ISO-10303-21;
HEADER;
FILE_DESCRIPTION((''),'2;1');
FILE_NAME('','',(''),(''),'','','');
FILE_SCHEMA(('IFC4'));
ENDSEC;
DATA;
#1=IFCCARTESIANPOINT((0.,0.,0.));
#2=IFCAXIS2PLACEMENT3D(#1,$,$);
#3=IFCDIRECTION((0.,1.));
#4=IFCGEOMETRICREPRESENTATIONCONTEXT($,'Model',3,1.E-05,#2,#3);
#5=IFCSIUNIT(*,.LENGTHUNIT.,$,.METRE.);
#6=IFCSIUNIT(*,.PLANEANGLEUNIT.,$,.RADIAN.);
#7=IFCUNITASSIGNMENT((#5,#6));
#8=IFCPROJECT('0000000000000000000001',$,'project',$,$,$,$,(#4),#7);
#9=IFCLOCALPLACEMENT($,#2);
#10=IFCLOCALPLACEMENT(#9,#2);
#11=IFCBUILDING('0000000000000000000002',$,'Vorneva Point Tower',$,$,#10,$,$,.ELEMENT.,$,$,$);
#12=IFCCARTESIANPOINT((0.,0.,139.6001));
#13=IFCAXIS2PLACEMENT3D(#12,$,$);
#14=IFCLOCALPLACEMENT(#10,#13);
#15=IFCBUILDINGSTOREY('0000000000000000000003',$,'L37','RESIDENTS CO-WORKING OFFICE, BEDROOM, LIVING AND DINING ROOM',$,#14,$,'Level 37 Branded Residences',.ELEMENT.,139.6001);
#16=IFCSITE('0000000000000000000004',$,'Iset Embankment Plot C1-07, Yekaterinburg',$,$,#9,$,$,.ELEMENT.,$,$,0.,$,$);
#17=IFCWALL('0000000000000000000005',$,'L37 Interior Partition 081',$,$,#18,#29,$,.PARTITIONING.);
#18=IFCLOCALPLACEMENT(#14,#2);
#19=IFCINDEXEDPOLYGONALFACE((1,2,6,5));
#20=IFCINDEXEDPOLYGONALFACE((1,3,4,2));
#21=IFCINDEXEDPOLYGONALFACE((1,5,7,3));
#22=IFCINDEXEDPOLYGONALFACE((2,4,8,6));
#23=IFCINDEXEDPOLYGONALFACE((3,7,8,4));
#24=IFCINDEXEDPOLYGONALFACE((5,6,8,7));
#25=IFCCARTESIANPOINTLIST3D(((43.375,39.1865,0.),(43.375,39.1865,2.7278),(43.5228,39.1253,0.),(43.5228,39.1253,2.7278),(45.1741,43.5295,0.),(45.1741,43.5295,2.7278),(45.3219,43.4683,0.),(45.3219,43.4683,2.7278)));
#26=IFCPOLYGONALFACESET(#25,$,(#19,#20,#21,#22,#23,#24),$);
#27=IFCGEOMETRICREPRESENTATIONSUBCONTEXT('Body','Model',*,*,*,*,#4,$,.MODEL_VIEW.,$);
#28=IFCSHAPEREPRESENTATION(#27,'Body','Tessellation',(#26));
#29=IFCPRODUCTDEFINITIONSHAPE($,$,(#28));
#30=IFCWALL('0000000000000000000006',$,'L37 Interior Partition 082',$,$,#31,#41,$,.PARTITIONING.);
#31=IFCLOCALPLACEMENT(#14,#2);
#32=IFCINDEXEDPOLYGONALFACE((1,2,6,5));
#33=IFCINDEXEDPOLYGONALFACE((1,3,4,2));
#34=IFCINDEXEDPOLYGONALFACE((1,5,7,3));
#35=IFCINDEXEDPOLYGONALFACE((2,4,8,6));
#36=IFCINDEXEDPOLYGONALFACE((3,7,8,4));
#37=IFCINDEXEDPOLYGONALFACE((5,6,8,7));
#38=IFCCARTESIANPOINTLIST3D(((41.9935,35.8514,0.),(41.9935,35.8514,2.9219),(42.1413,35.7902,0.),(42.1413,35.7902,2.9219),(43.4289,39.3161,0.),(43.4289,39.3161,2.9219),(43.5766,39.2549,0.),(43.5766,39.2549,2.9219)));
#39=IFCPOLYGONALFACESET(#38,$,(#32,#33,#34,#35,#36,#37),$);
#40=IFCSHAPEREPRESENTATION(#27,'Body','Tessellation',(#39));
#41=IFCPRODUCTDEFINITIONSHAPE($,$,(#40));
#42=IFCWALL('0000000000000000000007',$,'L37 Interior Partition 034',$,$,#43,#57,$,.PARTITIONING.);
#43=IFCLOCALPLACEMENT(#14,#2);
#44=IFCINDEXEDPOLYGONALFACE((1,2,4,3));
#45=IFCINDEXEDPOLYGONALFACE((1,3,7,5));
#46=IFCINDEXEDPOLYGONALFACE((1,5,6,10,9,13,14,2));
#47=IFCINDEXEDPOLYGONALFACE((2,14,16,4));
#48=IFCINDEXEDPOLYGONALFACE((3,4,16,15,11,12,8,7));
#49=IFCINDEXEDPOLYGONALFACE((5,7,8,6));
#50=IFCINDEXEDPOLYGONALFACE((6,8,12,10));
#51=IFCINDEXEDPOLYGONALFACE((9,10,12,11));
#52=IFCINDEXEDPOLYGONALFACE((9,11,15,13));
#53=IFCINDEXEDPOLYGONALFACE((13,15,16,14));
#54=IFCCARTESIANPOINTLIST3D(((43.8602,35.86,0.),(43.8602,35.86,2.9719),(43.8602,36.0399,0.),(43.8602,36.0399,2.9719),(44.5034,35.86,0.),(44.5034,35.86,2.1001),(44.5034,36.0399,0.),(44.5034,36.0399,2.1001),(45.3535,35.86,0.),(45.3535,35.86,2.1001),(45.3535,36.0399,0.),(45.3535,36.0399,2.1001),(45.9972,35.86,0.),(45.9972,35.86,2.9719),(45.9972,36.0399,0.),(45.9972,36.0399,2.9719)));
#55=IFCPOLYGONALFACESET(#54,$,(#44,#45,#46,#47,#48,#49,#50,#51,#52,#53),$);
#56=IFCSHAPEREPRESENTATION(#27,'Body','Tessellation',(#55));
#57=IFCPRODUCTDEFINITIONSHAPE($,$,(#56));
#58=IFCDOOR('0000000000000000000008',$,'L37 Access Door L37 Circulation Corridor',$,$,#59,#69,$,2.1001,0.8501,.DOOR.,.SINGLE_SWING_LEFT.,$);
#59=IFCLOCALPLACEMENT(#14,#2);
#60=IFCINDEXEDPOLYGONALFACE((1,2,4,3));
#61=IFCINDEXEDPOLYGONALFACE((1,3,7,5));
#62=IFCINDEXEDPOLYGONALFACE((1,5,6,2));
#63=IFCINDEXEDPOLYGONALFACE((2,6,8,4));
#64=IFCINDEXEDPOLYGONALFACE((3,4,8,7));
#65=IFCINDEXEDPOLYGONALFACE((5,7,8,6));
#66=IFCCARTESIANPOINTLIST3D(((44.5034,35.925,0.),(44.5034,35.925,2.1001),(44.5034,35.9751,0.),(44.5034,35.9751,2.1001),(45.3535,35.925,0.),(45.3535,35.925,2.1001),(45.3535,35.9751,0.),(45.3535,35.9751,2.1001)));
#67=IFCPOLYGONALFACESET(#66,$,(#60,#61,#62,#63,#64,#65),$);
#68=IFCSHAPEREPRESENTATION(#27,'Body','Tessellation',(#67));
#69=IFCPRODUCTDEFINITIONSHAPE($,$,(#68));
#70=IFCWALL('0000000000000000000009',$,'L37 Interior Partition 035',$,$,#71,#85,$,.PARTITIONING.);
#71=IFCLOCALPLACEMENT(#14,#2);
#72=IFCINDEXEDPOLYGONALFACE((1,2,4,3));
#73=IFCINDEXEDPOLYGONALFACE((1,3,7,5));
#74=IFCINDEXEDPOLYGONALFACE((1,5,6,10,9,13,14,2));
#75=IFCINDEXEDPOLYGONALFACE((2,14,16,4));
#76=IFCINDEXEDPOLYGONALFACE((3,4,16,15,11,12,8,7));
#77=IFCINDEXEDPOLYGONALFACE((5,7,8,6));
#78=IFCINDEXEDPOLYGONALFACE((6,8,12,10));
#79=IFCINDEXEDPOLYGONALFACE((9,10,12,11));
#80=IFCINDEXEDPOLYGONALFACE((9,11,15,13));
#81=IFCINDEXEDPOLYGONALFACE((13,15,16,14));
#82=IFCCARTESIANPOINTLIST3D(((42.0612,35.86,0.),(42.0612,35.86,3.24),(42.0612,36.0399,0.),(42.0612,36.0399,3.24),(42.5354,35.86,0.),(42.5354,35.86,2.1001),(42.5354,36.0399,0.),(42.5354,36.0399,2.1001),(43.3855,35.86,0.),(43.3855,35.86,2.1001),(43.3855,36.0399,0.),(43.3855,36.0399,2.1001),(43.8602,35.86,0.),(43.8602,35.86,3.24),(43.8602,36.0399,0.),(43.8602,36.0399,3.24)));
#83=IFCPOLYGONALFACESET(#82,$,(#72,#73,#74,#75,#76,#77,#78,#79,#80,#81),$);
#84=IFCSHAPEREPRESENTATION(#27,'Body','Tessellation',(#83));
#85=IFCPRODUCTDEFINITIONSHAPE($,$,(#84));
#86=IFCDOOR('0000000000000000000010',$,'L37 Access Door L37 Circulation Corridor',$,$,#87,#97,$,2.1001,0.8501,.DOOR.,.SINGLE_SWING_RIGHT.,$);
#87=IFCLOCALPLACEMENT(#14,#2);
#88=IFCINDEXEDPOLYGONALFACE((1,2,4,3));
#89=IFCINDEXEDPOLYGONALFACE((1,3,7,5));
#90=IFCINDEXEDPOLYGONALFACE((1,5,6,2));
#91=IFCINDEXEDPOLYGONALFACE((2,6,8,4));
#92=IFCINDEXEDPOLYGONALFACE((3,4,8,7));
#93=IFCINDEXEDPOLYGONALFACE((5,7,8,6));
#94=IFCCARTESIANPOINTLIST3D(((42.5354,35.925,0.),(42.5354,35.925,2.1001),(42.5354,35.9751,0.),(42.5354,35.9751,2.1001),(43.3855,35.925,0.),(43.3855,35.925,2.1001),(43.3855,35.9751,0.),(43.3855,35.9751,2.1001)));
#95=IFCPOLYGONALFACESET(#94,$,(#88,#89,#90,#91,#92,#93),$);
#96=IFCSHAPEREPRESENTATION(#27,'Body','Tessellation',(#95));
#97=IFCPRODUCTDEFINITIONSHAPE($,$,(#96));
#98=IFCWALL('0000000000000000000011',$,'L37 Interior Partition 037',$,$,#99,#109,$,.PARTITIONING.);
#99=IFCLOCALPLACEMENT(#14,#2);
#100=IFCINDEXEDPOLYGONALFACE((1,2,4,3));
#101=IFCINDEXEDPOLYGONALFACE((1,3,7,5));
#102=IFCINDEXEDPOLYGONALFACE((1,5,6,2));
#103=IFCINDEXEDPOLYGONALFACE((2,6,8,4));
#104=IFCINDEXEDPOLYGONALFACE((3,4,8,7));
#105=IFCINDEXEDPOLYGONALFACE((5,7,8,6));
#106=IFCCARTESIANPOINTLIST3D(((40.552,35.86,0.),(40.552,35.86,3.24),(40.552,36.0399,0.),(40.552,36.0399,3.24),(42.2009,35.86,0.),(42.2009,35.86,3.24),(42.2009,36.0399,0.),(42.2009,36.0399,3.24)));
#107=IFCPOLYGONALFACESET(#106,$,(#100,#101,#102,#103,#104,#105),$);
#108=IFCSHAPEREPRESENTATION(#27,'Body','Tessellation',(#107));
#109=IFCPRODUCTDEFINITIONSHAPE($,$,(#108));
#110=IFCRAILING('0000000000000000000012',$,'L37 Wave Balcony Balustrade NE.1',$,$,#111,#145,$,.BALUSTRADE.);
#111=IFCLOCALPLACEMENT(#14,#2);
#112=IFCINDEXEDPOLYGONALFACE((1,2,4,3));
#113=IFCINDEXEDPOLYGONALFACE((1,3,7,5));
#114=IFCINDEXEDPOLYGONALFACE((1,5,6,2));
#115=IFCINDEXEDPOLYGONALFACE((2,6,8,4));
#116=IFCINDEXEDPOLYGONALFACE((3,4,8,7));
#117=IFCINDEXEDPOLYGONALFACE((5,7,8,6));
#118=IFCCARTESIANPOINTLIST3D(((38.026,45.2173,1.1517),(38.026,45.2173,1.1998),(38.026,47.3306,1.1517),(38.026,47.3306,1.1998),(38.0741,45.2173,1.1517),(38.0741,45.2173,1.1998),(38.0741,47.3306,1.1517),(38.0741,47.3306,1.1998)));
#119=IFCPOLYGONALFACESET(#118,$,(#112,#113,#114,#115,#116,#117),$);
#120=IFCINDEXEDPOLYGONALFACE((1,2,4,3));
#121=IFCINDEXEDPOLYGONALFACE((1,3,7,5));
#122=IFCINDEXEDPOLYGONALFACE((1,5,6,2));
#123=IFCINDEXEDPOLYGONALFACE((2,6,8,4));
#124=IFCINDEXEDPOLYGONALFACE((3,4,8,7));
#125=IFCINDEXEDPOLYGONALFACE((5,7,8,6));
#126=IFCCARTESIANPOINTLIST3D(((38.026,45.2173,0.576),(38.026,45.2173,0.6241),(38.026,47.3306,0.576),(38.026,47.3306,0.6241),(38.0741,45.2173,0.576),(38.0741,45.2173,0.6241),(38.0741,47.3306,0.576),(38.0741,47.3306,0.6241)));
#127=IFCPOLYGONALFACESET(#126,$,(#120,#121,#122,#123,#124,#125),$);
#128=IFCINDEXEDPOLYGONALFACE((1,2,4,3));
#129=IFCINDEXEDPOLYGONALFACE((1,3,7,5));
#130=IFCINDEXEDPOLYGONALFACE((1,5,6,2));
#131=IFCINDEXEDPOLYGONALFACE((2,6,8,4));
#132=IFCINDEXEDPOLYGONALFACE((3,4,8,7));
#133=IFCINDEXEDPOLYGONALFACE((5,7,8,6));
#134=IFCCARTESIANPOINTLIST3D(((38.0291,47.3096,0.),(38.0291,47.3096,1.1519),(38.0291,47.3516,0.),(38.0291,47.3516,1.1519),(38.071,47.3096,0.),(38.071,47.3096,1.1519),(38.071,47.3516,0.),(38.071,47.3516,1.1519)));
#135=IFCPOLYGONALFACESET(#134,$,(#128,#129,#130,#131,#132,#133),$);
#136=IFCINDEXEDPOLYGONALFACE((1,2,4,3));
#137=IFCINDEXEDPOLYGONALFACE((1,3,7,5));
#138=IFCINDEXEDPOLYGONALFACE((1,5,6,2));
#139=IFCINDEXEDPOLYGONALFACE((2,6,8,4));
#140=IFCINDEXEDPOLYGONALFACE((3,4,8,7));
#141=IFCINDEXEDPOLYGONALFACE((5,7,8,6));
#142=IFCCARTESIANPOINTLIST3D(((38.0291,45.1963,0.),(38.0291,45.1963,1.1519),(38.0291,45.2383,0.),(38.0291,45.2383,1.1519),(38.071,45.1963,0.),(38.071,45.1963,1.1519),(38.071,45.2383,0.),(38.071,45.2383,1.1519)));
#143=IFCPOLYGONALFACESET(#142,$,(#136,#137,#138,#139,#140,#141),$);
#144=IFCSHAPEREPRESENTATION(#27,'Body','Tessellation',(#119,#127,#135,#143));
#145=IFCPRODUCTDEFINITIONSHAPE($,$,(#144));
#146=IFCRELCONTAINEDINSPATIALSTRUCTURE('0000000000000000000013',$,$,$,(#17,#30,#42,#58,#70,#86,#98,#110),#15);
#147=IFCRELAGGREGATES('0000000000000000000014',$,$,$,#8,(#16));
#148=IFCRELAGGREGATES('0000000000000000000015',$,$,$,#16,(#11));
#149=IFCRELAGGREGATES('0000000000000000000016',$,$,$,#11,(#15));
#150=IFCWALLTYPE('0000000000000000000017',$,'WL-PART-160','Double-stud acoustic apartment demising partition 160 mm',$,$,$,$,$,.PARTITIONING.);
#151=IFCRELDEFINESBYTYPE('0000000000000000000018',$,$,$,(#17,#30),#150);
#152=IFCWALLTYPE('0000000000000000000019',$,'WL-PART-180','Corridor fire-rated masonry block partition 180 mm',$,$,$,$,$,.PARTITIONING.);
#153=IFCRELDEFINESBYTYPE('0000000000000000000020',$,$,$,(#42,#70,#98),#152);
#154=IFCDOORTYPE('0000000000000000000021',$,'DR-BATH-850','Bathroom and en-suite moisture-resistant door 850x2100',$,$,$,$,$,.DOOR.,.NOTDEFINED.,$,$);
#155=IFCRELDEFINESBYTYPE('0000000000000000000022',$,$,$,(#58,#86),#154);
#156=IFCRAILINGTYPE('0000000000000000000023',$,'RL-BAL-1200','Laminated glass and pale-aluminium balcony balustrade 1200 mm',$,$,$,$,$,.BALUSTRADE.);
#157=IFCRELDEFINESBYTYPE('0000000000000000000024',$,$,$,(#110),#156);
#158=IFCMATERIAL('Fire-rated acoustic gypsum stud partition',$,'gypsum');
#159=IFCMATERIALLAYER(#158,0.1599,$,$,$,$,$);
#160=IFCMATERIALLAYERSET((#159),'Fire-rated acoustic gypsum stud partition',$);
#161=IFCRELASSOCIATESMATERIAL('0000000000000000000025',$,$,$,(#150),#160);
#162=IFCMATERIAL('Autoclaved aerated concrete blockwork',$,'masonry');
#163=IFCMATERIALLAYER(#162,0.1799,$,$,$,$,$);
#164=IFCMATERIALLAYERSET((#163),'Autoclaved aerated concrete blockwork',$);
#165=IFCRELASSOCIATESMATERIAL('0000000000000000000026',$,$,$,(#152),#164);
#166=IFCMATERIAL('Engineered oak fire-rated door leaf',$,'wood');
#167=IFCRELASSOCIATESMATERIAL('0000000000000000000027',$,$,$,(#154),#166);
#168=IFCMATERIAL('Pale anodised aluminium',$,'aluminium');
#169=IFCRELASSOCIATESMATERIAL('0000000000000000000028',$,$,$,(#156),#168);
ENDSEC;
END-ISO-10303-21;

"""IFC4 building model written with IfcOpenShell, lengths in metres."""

from ifc_helpers import new_model, si_unit, direction, frame, frame_2d, origin, origin_2d, place, context, subcontext, project, spatial, rectangle, extrude, material, layer, layer_set, type_object, element, fill, save


model = new_model("IFC4")

# Units and contexts
model_context = context("Model", 3, precision=1e-05, world=origin(), true_north=direction((0.0, 1.0)))
body_context = subcontext(model_context, "Body", "Model", "MODEL_VIEW")
ifc_project = project(units=[si_unit("LENGTHUNIT", "METRE"), si_unit("PLANEANGLEUNIT", "RADIAN")], contexts=[model_context])

# Site, building, storey
site_placement = place(None, origin())
site = spatial("IfcSite", under=ifc_project, at=site_placement, Name="Iset Embankment Plot C1-07, Yekaterinburg", CompositionType="ELEMENT", RefElevation=0.0)
building_placement = place(site_placement, origin())
building = spatial("IfcBuilding", under=site, at=building_placement, Name="Vorneva Point Tower", CompositionType="ELEMENT")
storey_placement = place(building_placement, frame((0.0, 0.0, 139.6001)))
storey = spatial("IfcBuildingStorey", under=building, at=storey_placement, Name="L37", Description="RESIDENTS CO-WORKING OFFICE, BEDROOM, LIVING AND DINING ROOM", LongName="Level 37 Branded Residences", CompositionType="ELEMENT", Elevation=139.6001)

# Shared definitions
ifc_material_1 = material(Name="Pale anodised aluminium", Category="aluminium")

# Shared definitions
ifc_material_2 = material(Name="Fire-rated acoustic gypsum stud partition", Category="gypsum")

# Shared definitions
ifc_material_3 = material(Name="Engineered oak fire-rated door leaf", Category="wood")

# Walls
ifc_layer_1 = layer(ifc_material_2, 0.1599)
ifc_layer_set_1 = layer_set([ifc_layer_1], Name="Fire-rated acoustic gypsum stud partition")
wall_type_1 = type_object("IfcWallType", Name="WL-PART-160", Description="Double-stud acoustic apartment demising partition 160 mm", PredefinedType="PARTITIONING", material=ifc_layer_set_1)
wall_1_placement = place(storey_placement, frame((45.248, 43.499, 0.0), z_axis=(0.0, 0.0, 1.0), x_axis=(-0.382708, -0.923869, 0.0)))
element("IfcWall", 1, at=wall_1_placement, inside=storey, type_object=wall_type_1, Name="L37 Interior Partition 081", PredefinedType="PARTITIONING", context=body_context, shape_type="SweptSolid", body=[
    extrude(rectangle(XDim=4.7009, YDim=0.1599, at=frame_2d((2.3506, 0.0))), origin(), (0.0, 0.0, 1.0), 2.7278),
])
wall_2_placement = place(storey_placement, frame((43.5027, 39.2854, 0.0), z_axis=(0.0, 0.0, 1.0), x_axis=(-0.382733, -0.923859, 0.0)))
element("IfcWall", 2, at=wall_2_placement, inside=storey, type_object=wall_type_1, Name="L37 Interior Partition 082", PredefinedType="PARTITIONING", context=body_context, shape_type="SweptSolid", body=[
    extrude(rectangle(XDim=3.7502, YDim=0.1599, at=frame_2d((1.875, 0.0))), origin(), (0.0, 0.0, 1.0), 2.9219),
])

# Walls, openings, doors
ifc_material_4 = material(Name="Autoclaved aerated concrete blockwork", Category="masonry")
ifc_layer_2 = layer(ifc_material_4, 0.1799)
ifc_layer_set_2 = layer_set([ifc_layer_2], Name="Autoclaved aerated concrete blockwork")
wall_type_2 = type_object("IfcWallType", Name="WL-PART-180", Description="Corridor fire-rated masonry block partition 180 mm", PredefinedType="PARTITIONING", material=ifc_layer_set_2)
wall_3_placement = place(storey_placement, frame((45.9971, 35.95, 0.0), z_axis=(0.0, 0.0, 1.0), x_axis=(-1.0, 0.0, 0.0)))
wall_3 = element("IfcWall", 3, at=wall_3_placement, inside=storey, type_object=wall_type_2, Name="L37 Interior Partition 034", PredefinedType="PARTITIONING", context=body_context, shape_type="SweptSolid", body=[
    extrude(rectangle(XDim=2.137, YDim=0.1799, at=frame_2d((1.0684, 0.0))), origin(), (0.0, 0.0, 1.0), 2.9719),
])
opening_1_placement = place(wall_3_placement, frame((0.6436, 0.0, 0.0)))
opening_1 = element("IfcOpeningElement", 4, at=opening_1_placement, cuts=wall_3, PredefinedType="OPENING", context=body_context, shape_type="SweptSolid", body=[
    extrude(rectangle(XDim=0.8501, YDim=2.1001, at=frame_2d((0.425, 1.05))), frame((0.0, 0.105, 0.0), z_axis=(0.0, -1.0, 0.0), x_axis=(1.0, 0.0, 0.0)), (0.0, 0.0, 1.0), 0.2097),
])
door_type_1 = type_object("IfcDoorType", Name="DR-BATH-850", Description="Bathroom and en-suite moisture-resistant door 850x2100", OperationType="NOTDEFINED", PredefinedType="DOOR", material=ifc_material_3)
door_1_placement = place(opening_1_placement, origin())
door_1 = element("IfcDoor", 5, at=door_1_placement, inside=storey, type_object=door_type_1, Name="L37 Access Door L37 Circulation Corridor", OperationType="SINGLE_SWING_LEFT", OverallHeight=2.1001, OverallWidth=0.8501, PredefinedType="DOOR", context=body_context, shape_type="SweptSolid", body=[
    extrude(rectangle(XDim=0.8501, YDim=2.1001, at=frame_2d((0.425, 1.05))), frame((0.0, 0.0249, 0.0), z_axis=(0.0, -1.0, 0.0), x_axis=(1.0, 0.0, 0.0)), (0.0, 0.0, 1.0), 0.05),
])
fill(opening_1, door_1)
wall_4_placement = place(storey_placement, frame((43.8601, 35.95, 0.0), z_axis=(0.0, 0.0, 1.0), x_axis=(-1.0, 0.0, 0.0)))
wall_4 = element("IfcWall", 6, at=wall_4_placement, inside=storey, type_object=wall_type_2, Name="L37 Interior Partition 035", PredefinedType="PARTITIONING", context=body_context, shape_type="SweptSolid", body=[
    extrude(rectangle(XDim=1.7991, YDim=0.1799, at=frame_2d((0.8994, 0.0))), origin(), (0.0, 0.0, 1.0), 3.24),
])
opening_2_placement = place(wall_4_placement, frame((0.4746, 0.0, 0.0)))
opening_2 = element("IfcOpeningElement", 7, at=opening_2_placement, cuts=wall_4, PredefinedType="OPENING", context=body_context, shape_type="SweptSolid", body=[
    extrude(rectangle(XDim=0.8501, YDim=2.1001, at=frame_2d((0.425, 1.05))), frame((0.0, 0.105, 0.0), z_axis=(0.0, -1.0, 0.0), x_axis=(1.0, 0.0, 0.0)), (0.0, 0.0, 1.0), 0.2097),
])
door_2_placement = place(opening_2_placement, origin())
door_2 = element("IfcDoor", 8, at=door_2_placement, inside=storey, type_object=door_type_1, Name="L37 Access Door L37 Circulation Corridor", OperationType="SINGLE_SWING_RIGHT", OverallHeight=2.1001, OverallWidth=0.8501, PredefinedType="DOOR", context=body_context, shape_type="SweptSolid", body=[
    extrude(rectangle(XDim=0.8501, YDim=2.1001, at=frame_2d((0.425, 1.05))), frame((0.0, 0.0249, 0.0), z_axis=(0.0, -1.0, 0.0), x_axis=(1.0, 0.0, 0.0)), (0.0, 0.0, 1.0), 0.05),
])
fill(opening_2, door_2)

# Wall
wall_5_placement = place(storey_placement, frame((42.2009, 35.95, 0.0), z_axis=(0.0, 0.0, 1.0), x_axis=(-1.0, 0.0, 0.0)))
element("IfcWall", 9, at=wall_5_placement, inside=storey, type_object=wall_type_2, Name="L37 Interior Partition 037", PredefinedType="PARTITIONING", context=body_context, shape_type="SweptSolid", body=[
    extrude(rectangle(XDim=1.6489, YDim=0.1799, at=frame_2d((0.8245, 0.0))), origin(), (0.0, 0.0, 1.0), 3.24),
])

# Railing
railing_type = type_object("IfcRailingType", Name="RL-BAL-1200", Description="Laminated glass and pale-aluminium balcony balustrade 1200 mm", PredefinedType="BALUSTRADE", material=ifc_material_1)
railing_placement = place(storey_placement, frame((38.05, 47.3306, 0.0)))
element("IfcRailing", 10, at=railing_placement, inside=storey, type_object=railing_type, Name="L37 Wave Balcony Balustrade NE.1", PredefinedType="BALUSTRADE", context=body_context, shape_type="SweptSolid", body=[
    extrude(rectangle(XDim=0.0481, YDim=0.0481, at=origin_2d()), frame((0.0, 0.0, 1.1758), z_axis=(0.0, -1.0, 0.0), x_axis=(1.0, 0.0, 0.0)), (0.0, 0.0, 1.0), 2.1133),
    extrude(rectangle(XDim=0.0481, YDim=0.0481, at=origin_2d()), frame((0.0, 0.0, 0.6001), z_axis=(0.0, -1.0, 0.0), x_axis=(1.0, 0.0, 0.0)), (0.0, 0.0, 1.0), 2.1133),
    extrude(rectangle(XDim=0.042, YDim=0.042, at=origin_2d()), origin(), (0.0, 0.0, 1.0), 1.1519),
    extrude(rectangle(XDim=0.042, YDim=0.042, at=origin_2d()), frame((0.0, -2.1133, 0.0)), (0.0, 0.0, 1.0), 1.1519),
])

save(model, "model.ifc")
